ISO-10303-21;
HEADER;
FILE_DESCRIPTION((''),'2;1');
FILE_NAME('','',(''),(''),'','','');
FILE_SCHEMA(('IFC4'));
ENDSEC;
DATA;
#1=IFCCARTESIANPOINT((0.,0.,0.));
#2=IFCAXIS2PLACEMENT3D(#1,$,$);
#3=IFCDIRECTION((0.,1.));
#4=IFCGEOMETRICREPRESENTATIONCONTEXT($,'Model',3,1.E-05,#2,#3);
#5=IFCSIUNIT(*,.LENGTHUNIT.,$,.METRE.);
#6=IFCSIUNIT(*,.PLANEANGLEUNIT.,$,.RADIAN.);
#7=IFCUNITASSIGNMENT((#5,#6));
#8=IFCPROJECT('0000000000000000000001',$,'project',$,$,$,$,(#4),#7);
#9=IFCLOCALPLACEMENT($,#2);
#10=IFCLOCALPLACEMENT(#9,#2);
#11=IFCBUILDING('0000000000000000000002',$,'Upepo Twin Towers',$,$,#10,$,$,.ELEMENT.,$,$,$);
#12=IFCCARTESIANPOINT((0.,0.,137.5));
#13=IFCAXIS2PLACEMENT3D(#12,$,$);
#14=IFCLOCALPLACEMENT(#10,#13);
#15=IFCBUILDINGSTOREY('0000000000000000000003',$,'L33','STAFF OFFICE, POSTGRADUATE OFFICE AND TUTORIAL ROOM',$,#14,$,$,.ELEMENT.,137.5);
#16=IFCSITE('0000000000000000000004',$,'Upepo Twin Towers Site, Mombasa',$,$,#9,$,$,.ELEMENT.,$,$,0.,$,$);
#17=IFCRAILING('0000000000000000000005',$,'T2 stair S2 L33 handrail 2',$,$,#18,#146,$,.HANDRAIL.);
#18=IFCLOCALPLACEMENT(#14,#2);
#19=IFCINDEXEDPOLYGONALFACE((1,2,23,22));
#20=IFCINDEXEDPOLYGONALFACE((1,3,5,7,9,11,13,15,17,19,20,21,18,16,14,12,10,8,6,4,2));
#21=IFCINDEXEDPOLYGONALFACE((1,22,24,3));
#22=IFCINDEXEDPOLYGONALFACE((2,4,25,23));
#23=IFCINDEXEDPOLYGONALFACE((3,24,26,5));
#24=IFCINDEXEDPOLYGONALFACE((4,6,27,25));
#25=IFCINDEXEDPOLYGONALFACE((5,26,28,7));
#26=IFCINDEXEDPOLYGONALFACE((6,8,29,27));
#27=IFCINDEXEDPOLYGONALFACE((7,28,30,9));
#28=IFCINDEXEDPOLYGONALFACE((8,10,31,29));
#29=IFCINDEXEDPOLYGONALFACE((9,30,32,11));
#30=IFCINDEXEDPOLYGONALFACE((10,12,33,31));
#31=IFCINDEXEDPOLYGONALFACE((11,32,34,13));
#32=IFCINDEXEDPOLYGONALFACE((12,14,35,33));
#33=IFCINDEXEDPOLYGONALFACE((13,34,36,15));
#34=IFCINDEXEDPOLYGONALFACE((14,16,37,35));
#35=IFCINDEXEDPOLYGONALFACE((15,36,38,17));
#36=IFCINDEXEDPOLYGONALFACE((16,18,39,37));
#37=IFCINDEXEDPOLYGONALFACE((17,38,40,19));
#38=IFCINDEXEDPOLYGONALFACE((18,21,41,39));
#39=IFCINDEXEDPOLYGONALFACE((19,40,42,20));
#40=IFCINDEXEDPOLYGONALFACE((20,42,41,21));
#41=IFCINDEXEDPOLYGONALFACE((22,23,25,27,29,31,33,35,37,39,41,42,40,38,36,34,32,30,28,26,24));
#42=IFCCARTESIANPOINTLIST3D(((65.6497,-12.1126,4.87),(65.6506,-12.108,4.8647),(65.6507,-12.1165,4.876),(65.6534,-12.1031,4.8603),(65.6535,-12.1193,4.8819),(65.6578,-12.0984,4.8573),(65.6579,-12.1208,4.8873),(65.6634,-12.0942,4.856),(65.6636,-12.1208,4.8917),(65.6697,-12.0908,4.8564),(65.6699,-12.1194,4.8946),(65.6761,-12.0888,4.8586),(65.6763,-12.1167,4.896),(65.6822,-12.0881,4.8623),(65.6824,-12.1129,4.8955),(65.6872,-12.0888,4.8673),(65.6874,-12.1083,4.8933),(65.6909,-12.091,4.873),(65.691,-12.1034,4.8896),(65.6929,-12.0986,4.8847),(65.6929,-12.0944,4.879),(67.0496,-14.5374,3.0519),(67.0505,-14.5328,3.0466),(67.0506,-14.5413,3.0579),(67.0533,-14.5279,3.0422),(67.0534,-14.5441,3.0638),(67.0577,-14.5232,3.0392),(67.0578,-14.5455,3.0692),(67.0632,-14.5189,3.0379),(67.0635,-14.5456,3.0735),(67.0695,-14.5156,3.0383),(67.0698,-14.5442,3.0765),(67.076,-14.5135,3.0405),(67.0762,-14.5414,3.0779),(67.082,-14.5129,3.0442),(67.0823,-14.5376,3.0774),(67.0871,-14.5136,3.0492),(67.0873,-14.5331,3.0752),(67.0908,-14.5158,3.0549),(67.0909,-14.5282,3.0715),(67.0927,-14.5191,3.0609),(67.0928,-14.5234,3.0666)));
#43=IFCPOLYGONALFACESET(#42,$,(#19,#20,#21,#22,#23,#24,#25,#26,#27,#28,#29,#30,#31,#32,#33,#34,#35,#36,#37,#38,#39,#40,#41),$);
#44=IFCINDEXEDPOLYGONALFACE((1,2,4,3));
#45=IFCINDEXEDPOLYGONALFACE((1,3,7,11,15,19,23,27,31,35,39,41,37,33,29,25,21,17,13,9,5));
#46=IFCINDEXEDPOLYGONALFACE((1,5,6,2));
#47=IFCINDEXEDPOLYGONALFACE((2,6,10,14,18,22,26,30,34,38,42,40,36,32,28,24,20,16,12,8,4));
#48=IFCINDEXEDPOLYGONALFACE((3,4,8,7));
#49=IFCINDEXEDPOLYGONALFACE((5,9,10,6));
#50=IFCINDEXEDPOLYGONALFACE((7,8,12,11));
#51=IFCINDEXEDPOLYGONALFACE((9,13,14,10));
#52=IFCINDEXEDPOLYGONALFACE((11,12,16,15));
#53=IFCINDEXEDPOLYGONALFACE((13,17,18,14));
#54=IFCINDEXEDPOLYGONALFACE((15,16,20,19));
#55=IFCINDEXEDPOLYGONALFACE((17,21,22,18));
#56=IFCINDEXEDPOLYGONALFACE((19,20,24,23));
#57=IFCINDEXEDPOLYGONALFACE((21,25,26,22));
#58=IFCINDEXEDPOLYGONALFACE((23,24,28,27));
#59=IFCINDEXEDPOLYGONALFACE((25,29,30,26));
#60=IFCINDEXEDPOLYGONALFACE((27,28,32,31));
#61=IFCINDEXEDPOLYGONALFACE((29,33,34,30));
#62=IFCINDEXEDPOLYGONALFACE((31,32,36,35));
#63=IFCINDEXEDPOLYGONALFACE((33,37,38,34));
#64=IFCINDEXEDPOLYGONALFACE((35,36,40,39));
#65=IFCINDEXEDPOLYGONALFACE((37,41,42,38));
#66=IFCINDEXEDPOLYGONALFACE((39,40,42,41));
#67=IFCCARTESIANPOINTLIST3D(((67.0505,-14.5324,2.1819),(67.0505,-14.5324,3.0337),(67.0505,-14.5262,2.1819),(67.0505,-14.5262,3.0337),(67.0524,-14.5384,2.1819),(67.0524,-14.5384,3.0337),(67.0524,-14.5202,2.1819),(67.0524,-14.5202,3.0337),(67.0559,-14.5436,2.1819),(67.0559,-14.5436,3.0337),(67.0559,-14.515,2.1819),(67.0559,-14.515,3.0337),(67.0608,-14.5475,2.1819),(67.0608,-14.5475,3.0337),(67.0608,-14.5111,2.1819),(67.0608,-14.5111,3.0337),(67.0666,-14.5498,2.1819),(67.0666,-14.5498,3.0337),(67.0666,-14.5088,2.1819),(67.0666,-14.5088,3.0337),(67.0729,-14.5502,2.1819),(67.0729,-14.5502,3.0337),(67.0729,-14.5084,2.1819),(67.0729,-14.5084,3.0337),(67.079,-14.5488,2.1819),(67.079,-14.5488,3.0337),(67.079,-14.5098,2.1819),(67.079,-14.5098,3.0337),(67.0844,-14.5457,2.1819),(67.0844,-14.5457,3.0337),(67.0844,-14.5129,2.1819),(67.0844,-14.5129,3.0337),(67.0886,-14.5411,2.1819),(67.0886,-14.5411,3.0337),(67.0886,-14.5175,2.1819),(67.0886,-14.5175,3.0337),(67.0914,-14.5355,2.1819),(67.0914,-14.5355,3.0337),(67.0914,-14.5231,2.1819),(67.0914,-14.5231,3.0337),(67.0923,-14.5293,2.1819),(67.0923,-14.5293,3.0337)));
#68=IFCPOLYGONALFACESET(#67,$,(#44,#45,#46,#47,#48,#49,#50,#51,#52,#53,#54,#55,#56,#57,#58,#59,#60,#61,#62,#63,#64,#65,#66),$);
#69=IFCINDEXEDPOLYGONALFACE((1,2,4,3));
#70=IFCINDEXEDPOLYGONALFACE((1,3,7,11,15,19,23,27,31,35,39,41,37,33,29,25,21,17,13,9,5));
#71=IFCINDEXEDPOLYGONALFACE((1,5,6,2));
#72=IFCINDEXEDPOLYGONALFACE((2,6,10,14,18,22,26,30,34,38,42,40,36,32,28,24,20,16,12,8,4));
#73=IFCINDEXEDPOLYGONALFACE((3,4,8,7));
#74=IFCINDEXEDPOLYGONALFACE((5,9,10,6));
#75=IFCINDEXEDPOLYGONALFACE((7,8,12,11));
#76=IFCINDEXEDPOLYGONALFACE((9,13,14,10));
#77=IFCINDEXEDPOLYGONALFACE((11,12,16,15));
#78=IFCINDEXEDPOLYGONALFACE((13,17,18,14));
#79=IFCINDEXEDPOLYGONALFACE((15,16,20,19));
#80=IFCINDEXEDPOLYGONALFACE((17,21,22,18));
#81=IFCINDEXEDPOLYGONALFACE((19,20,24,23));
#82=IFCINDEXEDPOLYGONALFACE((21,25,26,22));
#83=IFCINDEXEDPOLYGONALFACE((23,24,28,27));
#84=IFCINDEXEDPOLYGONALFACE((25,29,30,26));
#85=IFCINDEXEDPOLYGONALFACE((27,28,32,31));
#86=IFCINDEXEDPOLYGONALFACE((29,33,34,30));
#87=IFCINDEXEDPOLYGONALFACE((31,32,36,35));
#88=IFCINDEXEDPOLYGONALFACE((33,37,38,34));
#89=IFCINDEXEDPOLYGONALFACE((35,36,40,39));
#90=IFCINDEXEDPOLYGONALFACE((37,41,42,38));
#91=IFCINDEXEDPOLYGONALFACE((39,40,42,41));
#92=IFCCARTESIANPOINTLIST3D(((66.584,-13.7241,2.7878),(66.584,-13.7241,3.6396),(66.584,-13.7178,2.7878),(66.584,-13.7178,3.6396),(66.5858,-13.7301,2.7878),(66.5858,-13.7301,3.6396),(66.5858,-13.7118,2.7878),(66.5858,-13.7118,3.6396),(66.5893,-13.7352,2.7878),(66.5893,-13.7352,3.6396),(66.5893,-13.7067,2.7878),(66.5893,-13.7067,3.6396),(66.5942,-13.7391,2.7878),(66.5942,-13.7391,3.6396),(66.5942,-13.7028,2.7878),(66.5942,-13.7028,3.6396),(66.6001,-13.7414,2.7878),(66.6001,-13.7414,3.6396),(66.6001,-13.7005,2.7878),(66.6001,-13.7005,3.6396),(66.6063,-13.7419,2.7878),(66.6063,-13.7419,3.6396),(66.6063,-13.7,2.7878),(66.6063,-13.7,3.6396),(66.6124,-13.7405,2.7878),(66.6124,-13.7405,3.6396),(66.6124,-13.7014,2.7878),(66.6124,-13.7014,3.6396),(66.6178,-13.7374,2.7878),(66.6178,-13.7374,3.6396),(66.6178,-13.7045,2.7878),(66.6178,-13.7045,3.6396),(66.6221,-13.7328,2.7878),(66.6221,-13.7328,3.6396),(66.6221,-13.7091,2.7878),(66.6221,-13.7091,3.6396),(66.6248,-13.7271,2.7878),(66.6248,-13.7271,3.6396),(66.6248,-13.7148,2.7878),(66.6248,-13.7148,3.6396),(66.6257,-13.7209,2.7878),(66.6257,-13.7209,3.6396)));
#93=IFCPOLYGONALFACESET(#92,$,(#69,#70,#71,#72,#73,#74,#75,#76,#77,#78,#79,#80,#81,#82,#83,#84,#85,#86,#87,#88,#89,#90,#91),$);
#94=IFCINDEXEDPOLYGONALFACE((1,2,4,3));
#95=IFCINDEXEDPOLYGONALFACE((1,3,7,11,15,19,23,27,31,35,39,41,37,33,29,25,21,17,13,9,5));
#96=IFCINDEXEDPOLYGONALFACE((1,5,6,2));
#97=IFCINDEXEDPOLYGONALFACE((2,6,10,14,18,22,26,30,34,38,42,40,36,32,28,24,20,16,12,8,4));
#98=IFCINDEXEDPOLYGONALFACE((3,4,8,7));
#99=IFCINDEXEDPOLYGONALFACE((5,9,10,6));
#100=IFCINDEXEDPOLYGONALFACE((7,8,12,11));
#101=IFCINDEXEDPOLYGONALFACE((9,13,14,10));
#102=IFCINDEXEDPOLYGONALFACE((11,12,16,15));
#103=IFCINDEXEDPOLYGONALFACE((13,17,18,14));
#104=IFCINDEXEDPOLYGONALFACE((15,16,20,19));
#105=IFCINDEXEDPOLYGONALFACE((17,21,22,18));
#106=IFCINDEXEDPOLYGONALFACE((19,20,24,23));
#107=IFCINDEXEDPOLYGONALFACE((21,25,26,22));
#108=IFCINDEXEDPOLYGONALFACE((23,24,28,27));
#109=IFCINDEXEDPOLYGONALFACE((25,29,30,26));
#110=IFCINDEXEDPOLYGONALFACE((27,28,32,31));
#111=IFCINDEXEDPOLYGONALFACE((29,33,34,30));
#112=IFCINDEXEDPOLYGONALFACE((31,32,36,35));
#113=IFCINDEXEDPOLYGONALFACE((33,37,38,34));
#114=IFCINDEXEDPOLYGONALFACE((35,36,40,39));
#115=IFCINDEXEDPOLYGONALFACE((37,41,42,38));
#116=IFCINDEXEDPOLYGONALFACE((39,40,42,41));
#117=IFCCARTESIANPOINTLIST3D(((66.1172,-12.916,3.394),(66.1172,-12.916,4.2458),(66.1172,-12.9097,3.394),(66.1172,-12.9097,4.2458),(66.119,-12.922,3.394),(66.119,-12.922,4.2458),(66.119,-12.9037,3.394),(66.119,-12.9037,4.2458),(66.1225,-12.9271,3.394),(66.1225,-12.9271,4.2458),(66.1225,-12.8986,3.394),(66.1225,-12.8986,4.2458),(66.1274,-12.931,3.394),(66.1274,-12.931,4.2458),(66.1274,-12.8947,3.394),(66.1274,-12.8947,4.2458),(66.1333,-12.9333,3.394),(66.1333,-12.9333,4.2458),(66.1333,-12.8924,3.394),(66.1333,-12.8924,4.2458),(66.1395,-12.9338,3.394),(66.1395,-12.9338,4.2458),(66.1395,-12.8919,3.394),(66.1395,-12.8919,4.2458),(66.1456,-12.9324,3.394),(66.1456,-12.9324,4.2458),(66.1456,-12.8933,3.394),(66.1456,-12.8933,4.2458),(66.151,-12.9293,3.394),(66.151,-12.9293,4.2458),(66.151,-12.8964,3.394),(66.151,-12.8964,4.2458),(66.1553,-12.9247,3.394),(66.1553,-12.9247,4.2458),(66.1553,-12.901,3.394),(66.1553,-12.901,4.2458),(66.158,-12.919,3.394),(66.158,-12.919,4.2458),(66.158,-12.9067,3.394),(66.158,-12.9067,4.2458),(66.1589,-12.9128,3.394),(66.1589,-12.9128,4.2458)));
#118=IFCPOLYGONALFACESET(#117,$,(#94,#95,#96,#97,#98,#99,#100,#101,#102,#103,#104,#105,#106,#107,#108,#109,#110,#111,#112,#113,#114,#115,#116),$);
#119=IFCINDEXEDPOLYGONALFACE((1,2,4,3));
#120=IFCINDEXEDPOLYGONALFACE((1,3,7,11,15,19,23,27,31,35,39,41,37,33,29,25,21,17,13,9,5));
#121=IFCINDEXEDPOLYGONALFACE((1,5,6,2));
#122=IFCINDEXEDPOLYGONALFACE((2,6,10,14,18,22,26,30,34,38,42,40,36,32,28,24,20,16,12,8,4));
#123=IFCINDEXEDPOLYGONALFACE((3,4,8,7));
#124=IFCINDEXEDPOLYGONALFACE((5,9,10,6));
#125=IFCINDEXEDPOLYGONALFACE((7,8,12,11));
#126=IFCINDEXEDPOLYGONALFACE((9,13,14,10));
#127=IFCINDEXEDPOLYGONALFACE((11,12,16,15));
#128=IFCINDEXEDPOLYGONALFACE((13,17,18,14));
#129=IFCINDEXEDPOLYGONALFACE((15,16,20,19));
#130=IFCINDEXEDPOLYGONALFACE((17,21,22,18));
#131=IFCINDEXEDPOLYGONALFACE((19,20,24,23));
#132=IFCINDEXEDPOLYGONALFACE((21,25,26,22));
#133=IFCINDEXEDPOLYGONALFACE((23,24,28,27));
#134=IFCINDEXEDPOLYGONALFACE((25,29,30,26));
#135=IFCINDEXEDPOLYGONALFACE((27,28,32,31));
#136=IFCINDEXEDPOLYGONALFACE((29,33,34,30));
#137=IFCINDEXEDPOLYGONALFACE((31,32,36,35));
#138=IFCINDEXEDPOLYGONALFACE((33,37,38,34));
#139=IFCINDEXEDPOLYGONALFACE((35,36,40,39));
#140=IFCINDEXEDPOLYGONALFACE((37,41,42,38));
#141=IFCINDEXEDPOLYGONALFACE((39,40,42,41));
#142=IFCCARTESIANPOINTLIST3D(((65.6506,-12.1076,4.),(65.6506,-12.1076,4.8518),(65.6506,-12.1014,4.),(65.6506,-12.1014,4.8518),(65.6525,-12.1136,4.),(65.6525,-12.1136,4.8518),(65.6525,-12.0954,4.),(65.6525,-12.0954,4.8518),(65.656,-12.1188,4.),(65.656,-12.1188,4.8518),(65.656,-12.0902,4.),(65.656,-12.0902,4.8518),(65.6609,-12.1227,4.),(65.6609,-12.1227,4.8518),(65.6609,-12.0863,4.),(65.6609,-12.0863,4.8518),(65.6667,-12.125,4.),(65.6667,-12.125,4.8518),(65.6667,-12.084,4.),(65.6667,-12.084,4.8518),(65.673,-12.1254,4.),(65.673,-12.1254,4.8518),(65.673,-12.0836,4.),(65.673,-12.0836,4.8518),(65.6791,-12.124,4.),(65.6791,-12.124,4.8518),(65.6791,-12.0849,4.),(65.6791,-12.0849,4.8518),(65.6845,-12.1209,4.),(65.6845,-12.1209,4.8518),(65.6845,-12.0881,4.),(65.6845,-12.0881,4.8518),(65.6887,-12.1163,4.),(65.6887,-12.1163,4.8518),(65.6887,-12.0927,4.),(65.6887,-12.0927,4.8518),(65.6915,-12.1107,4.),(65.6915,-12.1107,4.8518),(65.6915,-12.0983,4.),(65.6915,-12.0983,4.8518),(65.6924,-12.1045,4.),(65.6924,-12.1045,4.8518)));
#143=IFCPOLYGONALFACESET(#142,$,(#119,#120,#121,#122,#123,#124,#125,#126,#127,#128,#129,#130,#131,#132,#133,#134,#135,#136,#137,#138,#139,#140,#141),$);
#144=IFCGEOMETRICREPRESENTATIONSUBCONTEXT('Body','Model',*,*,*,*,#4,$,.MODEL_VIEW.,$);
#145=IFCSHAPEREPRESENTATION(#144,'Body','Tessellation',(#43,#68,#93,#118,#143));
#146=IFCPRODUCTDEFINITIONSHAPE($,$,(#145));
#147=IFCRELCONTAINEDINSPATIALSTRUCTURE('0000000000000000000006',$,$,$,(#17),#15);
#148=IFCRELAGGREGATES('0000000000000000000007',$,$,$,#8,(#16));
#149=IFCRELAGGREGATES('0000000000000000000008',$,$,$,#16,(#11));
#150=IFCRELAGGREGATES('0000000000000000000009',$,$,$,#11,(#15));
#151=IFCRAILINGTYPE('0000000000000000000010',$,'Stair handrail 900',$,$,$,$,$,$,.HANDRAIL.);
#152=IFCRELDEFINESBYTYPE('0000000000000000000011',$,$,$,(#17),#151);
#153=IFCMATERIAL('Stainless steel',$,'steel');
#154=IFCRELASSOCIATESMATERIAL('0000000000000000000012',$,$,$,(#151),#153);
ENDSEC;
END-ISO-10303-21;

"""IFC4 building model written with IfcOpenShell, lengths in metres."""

from ifc_helpers import new_model, si_unit, direction, frame, origin, origin_2d, place, context, subcontext, project, spatial, circle, extrude, material, type_object, element, save


model = new_model("IFC4")

# Units and contexts
model_context = context("Model", 3, precision=1e-05, world=origin(), true_north=direction((0.0, 1.0)))
body_context = subcontext(model_context, "Body", "Model", "MODEL_VIEW")
ifc_project = project(units=[si_unit("LENGTHUNIT", "METRE"), si_unit("PLANEANGLEUNIT", "RADIAN")], contexts=[model_context])

# Site, building, storey
site_placement = place(None, origin())
site = spatial("IfcSite", under=ifc_project, at=site_placement, Name="Upepo Twin Towers Site, Mombasa", CompositionType="ELEMENT", RefElevation=0.0)
building_placement = place(site_placement, origin())
building = spatial("IfcBuilding", under=site, at=building_placement, Name="Upepo Twin Towers", CompositionType="ELEMENT")
storey_placement = place(building_placement, frame((0.0, 0.0, 137.5)))
storey = spatial("IfcBuildingStorey", under=building, at=storey_placement, Name="L33", Description="STAFF OFFICE, POSTGRADUATE OFFICE AND TUTORIAL ROOM", CompositionType="ELEMENT", Elevation=137.5)

# Railing
ifc_material_1 = material(Name="Stainless steel", Category="steel")
railing_type = type_object("IfcRailingType", Name="Stair handrail 900", PredefinedType="HANDRAIL", material=ifc_material_1)
railing_1_placement = place(storey_placement, frame((67.0713, -14.5293, 2.1819)))
element("IfcRailing", 1, at=railing_1_placement, inside=storey, type_object=railing_type, Name="T2 stair S2 L33 handrail 2", PredefinedType="HANDRAIL", context=body_context, shape_type="SweptSolid", body=[
    extrude(circle(Radius=0.0239, at=origin_2d()), frame((0.0, 0.0, 0.876), z_axis=(-0.419333, 0.726336, 0.544606), x_axis=(-0.866035, -0.499984, 0.0)), (0.0, 0.0, 1.0), 3.3384),
    extrude(circle(Radius=0.021, at=origin_2d()), origin(), (0.0, 0.0, 1.0), 0.8518),
    extrude(circle(Radius=0.021, at=origin_2d()), frame((-0.4666, 0.8083, 0.606)), (0.0, 0.0, 1.0), 0.8518),
    extrude(circle(Radius=0.021, at=origin_2d()), frame((-0.9333, 1.6165, 1.2122)), (0.0, 0.0, 1.0), 0.8518),
    extrude(circle(Radius=0.021, at=origin_2d()), frame((-1.3999, 2.4248, 1.8181)), (0.0, 0.0, 1.0), 0.8518),
])

save(model, "model.ifc")
